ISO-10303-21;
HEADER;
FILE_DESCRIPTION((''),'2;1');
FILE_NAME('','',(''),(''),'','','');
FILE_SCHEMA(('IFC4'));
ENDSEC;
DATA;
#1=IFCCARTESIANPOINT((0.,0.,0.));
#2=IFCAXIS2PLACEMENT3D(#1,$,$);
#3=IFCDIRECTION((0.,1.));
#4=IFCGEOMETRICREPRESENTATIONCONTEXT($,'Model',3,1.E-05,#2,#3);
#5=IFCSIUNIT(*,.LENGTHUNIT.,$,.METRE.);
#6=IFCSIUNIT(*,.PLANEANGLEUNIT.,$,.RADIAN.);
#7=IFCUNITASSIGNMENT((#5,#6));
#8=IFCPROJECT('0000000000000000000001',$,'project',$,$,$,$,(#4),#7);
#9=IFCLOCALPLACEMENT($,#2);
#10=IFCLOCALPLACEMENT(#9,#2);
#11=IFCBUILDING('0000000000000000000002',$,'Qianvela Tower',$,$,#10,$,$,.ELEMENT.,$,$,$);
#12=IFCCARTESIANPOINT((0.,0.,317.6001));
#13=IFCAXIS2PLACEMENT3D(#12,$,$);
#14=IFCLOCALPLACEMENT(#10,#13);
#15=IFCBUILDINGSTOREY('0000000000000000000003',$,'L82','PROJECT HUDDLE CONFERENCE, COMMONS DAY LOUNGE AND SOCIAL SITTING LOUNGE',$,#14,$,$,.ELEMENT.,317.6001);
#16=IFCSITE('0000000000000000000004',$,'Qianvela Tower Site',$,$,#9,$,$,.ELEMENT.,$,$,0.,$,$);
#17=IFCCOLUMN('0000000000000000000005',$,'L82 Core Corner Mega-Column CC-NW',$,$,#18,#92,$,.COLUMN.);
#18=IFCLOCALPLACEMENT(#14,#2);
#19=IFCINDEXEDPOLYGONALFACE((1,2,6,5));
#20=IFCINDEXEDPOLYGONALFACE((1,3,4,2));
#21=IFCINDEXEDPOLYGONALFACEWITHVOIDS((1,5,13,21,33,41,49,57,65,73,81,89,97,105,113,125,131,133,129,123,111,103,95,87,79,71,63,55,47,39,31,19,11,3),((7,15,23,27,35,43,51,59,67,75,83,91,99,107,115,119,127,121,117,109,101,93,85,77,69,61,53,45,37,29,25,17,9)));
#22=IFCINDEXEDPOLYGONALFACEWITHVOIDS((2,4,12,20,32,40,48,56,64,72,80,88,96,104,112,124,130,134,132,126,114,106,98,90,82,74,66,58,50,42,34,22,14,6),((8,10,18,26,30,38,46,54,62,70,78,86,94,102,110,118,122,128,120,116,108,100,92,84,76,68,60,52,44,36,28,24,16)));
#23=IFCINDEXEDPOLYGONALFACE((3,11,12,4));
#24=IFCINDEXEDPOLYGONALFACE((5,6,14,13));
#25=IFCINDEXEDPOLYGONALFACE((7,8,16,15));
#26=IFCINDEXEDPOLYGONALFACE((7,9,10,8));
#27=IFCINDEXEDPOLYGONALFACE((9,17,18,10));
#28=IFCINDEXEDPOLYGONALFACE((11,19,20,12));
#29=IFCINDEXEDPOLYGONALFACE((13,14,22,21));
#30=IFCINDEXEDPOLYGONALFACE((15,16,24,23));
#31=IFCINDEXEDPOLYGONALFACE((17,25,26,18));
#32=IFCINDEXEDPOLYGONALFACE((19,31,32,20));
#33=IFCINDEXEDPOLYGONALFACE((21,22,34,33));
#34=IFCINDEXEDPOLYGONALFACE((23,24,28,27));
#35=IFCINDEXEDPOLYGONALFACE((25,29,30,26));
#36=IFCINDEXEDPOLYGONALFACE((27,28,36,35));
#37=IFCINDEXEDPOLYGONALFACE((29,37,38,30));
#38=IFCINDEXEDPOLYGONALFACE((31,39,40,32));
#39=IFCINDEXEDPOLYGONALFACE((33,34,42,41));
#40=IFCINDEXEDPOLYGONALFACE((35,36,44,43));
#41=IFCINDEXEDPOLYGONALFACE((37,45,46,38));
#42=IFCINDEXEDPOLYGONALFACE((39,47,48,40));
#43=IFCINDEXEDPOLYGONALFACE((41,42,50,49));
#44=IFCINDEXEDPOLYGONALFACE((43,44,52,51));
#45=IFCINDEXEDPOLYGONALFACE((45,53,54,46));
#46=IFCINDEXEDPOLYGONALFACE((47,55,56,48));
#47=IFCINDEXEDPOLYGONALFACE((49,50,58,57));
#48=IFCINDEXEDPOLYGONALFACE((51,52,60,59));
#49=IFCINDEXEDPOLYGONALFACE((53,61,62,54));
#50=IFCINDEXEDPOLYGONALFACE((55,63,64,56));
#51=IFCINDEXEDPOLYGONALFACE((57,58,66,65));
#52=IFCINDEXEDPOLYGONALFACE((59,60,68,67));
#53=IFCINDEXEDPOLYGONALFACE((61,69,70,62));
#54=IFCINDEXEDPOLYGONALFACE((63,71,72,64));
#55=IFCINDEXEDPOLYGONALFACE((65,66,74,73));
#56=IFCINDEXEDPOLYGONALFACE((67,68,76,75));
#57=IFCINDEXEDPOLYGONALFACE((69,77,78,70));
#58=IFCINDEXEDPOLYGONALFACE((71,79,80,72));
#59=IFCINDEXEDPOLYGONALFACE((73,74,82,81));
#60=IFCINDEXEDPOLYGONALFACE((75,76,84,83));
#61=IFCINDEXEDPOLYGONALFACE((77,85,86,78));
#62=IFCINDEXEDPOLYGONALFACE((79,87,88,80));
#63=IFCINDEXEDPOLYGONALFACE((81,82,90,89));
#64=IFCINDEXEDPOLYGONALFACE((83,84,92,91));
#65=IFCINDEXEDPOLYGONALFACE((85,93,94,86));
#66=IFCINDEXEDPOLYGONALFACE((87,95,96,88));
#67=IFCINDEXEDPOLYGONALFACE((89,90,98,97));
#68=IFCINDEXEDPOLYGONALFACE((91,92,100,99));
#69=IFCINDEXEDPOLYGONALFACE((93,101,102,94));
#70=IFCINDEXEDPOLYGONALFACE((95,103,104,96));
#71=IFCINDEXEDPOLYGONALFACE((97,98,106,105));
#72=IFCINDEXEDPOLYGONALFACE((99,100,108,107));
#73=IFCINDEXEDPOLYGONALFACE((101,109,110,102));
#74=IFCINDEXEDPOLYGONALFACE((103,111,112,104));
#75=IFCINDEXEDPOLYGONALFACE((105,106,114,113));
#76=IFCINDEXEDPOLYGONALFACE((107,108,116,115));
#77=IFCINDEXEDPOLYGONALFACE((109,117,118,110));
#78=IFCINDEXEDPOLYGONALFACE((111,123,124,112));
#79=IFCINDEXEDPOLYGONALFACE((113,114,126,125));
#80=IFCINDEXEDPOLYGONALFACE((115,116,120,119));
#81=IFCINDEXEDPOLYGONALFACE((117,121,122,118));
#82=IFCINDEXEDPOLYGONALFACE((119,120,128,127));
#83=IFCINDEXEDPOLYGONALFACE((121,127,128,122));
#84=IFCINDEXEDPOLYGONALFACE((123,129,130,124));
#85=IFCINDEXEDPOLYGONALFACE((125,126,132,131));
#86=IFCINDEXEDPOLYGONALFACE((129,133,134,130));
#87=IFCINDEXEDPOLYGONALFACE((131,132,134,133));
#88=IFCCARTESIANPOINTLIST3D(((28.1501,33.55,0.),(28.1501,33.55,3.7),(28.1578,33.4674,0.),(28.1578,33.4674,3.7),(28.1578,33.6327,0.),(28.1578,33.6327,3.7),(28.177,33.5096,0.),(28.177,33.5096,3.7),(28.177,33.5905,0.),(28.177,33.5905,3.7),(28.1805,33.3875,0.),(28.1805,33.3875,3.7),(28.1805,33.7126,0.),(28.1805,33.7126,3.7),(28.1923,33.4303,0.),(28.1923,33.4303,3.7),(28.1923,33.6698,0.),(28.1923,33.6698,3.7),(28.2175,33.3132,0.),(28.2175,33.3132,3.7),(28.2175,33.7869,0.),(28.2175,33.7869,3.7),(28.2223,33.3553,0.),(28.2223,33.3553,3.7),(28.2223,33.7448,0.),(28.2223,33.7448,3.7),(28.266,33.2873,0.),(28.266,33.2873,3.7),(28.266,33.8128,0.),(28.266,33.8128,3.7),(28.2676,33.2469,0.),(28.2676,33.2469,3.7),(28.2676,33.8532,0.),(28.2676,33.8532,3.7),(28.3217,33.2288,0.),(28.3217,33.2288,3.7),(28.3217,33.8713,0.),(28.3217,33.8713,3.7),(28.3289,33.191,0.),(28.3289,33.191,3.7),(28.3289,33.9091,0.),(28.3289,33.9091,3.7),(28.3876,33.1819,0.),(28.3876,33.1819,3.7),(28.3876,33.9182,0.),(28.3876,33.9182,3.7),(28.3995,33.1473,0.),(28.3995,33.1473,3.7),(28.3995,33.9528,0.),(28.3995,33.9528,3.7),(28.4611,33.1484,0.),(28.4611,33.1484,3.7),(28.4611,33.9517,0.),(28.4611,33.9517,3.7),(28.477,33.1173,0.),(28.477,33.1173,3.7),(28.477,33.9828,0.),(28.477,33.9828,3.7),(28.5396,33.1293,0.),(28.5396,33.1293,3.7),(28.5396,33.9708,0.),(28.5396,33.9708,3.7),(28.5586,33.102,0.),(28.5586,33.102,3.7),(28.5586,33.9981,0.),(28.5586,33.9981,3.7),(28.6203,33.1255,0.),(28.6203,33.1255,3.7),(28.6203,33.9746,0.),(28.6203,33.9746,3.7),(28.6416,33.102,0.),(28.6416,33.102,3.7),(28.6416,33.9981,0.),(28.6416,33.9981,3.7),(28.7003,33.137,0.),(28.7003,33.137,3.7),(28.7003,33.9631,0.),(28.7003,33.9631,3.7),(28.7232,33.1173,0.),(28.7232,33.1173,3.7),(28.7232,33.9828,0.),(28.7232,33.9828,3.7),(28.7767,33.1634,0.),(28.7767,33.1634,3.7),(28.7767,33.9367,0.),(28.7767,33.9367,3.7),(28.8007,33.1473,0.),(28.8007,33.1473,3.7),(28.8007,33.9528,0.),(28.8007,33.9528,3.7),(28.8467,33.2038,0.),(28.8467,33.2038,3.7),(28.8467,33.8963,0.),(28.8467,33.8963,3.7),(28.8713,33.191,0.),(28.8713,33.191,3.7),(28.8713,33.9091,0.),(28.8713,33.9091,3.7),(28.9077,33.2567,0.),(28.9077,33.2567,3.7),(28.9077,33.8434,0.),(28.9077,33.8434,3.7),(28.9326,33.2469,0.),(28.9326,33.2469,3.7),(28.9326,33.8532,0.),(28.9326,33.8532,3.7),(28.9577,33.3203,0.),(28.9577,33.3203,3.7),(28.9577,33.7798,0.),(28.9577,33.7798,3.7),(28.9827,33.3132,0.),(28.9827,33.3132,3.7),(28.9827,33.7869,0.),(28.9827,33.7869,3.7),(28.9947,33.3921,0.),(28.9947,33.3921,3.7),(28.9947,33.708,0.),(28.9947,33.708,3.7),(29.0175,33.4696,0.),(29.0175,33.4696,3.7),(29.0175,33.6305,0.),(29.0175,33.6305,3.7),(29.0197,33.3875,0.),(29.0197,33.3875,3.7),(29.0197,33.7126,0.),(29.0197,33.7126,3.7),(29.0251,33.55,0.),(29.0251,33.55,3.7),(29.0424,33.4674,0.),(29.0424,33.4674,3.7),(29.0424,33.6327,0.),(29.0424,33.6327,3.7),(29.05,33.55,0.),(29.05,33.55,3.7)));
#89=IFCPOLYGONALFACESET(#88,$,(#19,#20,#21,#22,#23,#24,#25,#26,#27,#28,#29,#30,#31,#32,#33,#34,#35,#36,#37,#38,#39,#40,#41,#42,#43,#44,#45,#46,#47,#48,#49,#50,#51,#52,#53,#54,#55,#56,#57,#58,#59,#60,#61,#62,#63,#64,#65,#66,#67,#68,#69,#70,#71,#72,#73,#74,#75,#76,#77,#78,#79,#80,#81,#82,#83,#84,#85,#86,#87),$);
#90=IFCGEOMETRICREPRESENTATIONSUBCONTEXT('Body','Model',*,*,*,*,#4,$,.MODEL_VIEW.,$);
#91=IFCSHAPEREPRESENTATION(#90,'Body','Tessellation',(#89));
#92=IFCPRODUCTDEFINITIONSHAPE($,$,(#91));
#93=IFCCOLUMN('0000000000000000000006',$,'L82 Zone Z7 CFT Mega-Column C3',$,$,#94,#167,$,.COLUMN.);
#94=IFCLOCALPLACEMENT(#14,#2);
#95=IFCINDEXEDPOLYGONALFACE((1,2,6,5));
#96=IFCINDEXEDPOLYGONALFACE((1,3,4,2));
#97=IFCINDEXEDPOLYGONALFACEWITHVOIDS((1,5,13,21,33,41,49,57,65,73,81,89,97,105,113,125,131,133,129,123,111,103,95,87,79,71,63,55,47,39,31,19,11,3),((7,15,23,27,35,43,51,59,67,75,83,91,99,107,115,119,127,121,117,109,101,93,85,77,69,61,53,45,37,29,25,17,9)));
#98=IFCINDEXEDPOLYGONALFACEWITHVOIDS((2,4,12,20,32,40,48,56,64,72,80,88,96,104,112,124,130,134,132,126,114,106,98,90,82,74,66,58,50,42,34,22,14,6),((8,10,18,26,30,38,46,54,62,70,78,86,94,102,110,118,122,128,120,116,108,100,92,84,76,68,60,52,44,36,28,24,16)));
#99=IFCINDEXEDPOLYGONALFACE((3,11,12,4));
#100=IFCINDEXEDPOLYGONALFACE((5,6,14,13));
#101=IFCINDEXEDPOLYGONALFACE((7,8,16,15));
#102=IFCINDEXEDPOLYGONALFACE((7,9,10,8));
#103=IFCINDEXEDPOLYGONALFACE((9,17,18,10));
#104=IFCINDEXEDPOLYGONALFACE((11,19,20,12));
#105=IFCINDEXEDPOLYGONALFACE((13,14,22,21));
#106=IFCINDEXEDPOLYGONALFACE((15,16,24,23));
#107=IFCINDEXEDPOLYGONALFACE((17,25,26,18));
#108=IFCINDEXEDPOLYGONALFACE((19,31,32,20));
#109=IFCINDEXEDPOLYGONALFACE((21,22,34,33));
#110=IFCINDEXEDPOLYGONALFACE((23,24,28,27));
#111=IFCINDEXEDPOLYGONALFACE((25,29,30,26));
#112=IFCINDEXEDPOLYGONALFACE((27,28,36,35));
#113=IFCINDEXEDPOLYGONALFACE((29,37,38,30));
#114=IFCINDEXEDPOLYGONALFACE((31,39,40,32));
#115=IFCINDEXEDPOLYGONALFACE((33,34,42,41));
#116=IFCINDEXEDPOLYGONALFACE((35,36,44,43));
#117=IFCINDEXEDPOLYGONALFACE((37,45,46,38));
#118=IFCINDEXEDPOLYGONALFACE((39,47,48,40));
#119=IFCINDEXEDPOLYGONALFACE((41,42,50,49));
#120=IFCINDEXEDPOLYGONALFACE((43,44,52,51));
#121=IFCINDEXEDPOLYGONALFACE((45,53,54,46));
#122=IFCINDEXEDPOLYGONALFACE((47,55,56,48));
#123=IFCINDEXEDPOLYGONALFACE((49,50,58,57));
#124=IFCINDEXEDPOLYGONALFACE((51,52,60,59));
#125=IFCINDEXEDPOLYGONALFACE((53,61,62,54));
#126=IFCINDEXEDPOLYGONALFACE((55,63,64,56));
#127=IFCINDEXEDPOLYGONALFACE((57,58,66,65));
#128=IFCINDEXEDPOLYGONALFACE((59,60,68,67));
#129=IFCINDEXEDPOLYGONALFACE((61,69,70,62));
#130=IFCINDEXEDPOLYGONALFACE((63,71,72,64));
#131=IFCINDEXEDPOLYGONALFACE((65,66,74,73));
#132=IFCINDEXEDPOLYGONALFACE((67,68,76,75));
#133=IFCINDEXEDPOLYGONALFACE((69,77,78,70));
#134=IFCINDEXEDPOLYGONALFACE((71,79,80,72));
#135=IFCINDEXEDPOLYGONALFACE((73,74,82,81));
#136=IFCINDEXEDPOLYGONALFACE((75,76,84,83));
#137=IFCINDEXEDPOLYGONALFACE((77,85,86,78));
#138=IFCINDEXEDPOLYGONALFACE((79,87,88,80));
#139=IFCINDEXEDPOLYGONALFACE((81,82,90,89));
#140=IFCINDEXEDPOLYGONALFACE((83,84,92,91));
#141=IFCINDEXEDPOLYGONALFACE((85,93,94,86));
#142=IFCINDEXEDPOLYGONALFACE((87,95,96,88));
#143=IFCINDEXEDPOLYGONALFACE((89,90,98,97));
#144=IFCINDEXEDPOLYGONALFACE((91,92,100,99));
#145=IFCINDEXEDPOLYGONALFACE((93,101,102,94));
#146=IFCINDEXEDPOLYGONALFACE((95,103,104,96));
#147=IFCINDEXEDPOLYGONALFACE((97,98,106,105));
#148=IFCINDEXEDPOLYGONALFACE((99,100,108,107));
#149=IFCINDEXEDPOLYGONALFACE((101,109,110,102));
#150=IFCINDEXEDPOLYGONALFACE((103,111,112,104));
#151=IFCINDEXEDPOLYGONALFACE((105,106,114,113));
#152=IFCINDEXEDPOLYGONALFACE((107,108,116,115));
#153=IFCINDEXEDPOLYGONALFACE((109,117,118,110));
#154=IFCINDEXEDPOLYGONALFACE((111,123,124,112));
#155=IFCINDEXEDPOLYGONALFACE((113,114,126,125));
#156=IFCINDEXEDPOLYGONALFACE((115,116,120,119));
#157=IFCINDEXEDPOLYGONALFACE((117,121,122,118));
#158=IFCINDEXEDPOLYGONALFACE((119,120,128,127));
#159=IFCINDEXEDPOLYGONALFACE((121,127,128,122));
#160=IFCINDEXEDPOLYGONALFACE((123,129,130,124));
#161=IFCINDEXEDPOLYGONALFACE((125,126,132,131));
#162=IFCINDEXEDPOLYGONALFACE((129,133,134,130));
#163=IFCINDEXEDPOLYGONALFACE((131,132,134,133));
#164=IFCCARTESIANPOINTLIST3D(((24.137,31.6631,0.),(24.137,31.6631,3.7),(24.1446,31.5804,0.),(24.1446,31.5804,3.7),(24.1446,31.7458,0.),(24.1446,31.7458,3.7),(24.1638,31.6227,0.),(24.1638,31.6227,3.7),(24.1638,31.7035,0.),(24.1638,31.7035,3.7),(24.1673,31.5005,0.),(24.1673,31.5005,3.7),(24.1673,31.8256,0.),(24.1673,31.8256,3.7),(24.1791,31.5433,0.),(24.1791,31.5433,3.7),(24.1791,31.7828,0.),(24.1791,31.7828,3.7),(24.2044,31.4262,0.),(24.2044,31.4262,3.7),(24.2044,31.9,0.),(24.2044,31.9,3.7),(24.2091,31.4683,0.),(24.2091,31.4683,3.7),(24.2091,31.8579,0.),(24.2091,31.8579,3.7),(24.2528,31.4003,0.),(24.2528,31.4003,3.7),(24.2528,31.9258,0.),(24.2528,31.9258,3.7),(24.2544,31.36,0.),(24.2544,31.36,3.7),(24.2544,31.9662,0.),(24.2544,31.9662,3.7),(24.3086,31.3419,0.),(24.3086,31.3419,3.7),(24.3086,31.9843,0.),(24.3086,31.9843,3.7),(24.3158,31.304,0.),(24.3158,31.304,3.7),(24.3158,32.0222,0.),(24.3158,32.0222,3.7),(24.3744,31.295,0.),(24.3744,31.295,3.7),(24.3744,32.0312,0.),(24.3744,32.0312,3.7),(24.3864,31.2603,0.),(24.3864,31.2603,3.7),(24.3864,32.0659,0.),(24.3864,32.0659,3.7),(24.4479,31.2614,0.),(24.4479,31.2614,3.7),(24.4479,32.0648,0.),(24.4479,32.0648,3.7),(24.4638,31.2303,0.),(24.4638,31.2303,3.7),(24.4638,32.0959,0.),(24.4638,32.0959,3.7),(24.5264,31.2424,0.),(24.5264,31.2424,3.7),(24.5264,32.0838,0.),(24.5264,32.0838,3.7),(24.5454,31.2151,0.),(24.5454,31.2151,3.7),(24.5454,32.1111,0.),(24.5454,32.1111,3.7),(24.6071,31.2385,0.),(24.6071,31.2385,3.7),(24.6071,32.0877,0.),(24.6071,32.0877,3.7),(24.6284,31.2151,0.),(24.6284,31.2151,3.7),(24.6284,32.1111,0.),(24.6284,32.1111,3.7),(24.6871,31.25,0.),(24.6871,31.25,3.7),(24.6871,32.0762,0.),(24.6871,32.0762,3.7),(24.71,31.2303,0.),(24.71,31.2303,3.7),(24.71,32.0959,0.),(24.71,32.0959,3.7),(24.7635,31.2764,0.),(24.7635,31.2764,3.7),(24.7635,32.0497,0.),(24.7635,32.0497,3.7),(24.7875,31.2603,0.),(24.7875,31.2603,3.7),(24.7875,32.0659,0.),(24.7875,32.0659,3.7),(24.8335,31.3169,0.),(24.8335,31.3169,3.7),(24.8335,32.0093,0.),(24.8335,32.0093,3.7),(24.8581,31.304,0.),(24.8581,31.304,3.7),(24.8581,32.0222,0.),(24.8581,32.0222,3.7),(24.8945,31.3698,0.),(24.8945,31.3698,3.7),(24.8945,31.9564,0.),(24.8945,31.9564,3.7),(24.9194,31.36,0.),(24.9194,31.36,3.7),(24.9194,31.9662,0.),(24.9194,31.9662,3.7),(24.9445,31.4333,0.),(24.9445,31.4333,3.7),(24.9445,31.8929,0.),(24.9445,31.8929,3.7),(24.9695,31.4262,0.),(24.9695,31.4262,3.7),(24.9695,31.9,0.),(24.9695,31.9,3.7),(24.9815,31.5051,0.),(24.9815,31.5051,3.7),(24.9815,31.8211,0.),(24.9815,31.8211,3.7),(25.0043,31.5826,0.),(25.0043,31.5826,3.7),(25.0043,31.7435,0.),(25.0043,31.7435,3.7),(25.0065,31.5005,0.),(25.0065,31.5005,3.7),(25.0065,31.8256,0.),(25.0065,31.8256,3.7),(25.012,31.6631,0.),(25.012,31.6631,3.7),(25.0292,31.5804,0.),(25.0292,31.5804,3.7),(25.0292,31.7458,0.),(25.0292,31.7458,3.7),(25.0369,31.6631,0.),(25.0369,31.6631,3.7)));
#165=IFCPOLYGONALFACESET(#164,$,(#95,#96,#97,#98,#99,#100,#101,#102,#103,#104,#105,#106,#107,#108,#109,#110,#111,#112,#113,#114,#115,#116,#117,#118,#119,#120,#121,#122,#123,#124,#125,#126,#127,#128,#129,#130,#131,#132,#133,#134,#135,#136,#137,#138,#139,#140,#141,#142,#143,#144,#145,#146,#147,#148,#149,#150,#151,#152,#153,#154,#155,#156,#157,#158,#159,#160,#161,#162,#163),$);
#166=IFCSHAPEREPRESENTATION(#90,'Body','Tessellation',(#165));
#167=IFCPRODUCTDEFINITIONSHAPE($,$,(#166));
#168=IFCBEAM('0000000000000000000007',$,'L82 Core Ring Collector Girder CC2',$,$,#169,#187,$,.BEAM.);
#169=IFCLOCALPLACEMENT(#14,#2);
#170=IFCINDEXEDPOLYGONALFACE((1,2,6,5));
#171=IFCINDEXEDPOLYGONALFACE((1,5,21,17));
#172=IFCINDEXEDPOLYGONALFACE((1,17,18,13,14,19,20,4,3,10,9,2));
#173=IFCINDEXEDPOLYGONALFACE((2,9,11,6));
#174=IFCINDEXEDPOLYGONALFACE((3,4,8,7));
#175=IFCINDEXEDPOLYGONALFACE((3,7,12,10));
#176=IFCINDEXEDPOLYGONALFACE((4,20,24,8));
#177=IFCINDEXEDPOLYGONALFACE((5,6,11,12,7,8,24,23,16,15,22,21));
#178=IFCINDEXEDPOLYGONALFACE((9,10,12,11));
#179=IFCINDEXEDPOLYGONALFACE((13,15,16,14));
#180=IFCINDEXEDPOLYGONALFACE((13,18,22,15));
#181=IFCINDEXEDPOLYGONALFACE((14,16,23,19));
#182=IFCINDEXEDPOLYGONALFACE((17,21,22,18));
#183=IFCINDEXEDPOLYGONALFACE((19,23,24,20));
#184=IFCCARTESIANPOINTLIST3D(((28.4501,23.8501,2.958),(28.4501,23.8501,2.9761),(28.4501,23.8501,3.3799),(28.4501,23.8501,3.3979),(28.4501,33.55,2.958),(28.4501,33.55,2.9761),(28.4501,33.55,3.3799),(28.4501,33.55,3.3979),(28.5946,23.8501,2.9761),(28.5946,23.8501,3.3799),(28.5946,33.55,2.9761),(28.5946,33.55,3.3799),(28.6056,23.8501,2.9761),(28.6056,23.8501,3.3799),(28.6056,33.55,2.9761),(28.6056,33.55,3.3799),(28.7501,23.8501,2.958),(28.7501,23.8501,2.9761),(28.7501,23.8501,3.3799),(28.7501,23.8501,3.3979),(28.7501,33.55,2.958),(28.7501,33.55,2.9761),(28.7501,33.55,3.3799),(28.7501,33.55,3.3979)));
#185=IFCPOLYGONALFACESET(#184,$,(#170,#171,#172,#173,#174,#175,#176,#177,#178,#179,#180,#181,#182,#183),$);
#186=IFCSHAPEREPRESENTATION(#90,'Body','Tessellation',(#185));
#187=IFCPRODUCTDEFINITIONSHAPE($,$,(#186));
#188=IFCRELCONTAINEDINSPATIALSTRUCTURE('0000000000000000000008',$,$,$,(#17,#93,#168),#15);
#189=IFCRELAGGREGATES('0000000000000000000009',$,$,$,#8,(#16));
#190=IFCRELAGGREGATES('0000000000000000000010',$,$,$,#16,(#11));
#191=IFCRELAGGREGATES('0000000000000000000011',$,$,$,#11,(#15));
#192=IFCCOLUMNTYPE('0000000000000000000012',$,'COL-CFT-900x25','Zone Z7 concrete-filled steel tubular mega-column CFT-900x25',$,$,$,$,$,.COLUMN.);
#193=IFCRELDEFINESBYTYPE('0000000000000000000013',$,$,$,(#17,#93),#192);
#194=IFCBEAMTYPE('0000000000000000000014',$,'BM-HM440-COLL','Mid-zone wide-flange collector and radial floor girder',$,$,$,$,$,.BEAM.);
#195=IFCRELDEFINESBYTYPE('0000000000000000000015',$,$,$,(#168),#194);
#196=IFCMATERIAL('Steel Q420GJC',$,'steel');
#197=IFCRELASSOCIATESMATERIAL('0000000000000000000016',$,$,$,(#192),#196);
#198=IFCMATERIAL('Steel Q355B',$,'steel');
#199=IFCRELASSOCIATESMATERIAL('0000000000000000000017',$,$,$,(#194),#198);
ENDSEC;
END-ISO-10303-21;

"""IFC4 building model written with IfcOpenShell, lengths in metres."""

from ifc_helpers import new_model, si_unit, direction, frame, origin, origin_2d, place, context, subcontext, project, spatial, hollow_circle, i_section, extrude, material, material_profile, profile_set, type_object, element, save


model = new_model("IFC4")

# Units and contexts
model_context = context("Model", 3, precision=1e-05, world=origin(), true_north=direction((0.0, 1.0)))
body_context = subcontext(model_context, "Body", "Model", "MODEL_VIEW")
ifc_project = project(units=[si_unit("LENGTHUNIT", "METRE"), si_unit("PLANEANGLEUNIT", "RADIAN")], contexts=[model_context])

# Site, building, storey
site_placement = place(None, origin())
site = spatial("IfcSite", under=ifc_project, at=site_placement, Name="Qianvela Tower Site", CompositionType="ELEMENT", RefElevation=0.0)
building_placement = place(site_placement, origin())
building = spatial("IfcBuilding", under=site, at=building_placement, Name="Qianvela Tower", CompositionType="ELEMENT")
storey_placement = place(building_placement, frame((0.0, 0.0, 317.6001)))
storey = spatial("IfcBuildingStorey", under=building, at=storey_placement, Name="L82", Description="PROJECT HUDDLE CONFERENCE, COMMONS DAY LOUNGE AND SOCIAL SITTING LOUNGE", CompositionType="ELEMENT", Elevation=317.6001)

# Columns
ifc_material_1 = material(Name="Steel Q420GJC", Category="steel")
ifc_material_profile_1 = material_profile(ifc_material_1, hollow_circle(Radius=0.45, WallThickness=0.0249, at=origin_2d()), Name="CFT-900x25")
ifc_profile_set_1 = profile_set([ifc_material_profile_1], Name="Steel Q420GJC")
column_type = type_object("IfcColumnType", Name="COL-CFT-900x25", Description="Zone Z7 concrete-filled steel tubular mega-column CFT-900x25", PredefinedType="COLUMN", material=ifc_profile_set_1)
for number, where, z_axis, x_axis, name in (
    (1, (28.6001, 33.55, 0.0), (0.0, 0.0, 1.0), (1.0, 0.0, 0.0), "L82 Core Corner Mega-Column CC-NW"),
    (2, (24.5869, 31.6631, 0.0), (0.0, 0.0, 1.0), (1.0, 0.0, 0.0), "L82 Zone Z7 CFT Mega-Column C3"),
):
    element("IfcColumn", number, at=place(storey_placement, frame(where, z_axis=z_axis, x_axis=x_axis)), inside=storey, type_object=column_type, Name=name, PredefinedType="COLUMN", context=body_context, shape_type="SweptSolid", body=[
        extrude(hollow_circle(Radius=0.45, WallThickness=0.0249, at=origin_2d()), origin(), (0.0, 0.0, 1.0), 3.7),
    ])

# Beam
ifc_material_2 = material(Name="Steel Q355B", Category="steel")
ifc_material_profile_2 = material_profile(ifc_material_2, i_section(OverallWidth=0.3, OverallDepth=0.4399, WebThickness=0.011, FlangeThickness=0.0181, at=origin_2d()), Name="HM440x300x11x18")
ifc_profile_set_2 = profile_set([ifc_material_profile_2], Name="Steel Q355B")
beam_type_1 = type_object("IfcBeamType", Name="BM-HM440-COLL", Description="Mid-zone wide-flange collector and radial floor girder", PredefinedType="BEAM", material=ifc_profile_set_2)
beam_1_placement = place(storey_placement, frame((28.6001, 33.55, 3.178), z_axis=(0.0, -1.0, 0.0), x_axis=(1.0, 0.0, 0.0)))
element("IfcBeam", 3, at=beam_1_placement, inside=storey, type_object=beam_type_1, Name="L82 Core Ring Collector Girder CC2", PredefinedType="BEAM", context=body_context, shape_type="SweptSolid", body=[
    extrude(i_section(OverallWidth=0.3, OverallDepth=0.4399, WebThickness=0.011, FlangeThickness=0.0181, at=origin_2d()), origin(), (0.0, 0.0, 1.0), 9.7),
])

save(model, "model.ifc")
